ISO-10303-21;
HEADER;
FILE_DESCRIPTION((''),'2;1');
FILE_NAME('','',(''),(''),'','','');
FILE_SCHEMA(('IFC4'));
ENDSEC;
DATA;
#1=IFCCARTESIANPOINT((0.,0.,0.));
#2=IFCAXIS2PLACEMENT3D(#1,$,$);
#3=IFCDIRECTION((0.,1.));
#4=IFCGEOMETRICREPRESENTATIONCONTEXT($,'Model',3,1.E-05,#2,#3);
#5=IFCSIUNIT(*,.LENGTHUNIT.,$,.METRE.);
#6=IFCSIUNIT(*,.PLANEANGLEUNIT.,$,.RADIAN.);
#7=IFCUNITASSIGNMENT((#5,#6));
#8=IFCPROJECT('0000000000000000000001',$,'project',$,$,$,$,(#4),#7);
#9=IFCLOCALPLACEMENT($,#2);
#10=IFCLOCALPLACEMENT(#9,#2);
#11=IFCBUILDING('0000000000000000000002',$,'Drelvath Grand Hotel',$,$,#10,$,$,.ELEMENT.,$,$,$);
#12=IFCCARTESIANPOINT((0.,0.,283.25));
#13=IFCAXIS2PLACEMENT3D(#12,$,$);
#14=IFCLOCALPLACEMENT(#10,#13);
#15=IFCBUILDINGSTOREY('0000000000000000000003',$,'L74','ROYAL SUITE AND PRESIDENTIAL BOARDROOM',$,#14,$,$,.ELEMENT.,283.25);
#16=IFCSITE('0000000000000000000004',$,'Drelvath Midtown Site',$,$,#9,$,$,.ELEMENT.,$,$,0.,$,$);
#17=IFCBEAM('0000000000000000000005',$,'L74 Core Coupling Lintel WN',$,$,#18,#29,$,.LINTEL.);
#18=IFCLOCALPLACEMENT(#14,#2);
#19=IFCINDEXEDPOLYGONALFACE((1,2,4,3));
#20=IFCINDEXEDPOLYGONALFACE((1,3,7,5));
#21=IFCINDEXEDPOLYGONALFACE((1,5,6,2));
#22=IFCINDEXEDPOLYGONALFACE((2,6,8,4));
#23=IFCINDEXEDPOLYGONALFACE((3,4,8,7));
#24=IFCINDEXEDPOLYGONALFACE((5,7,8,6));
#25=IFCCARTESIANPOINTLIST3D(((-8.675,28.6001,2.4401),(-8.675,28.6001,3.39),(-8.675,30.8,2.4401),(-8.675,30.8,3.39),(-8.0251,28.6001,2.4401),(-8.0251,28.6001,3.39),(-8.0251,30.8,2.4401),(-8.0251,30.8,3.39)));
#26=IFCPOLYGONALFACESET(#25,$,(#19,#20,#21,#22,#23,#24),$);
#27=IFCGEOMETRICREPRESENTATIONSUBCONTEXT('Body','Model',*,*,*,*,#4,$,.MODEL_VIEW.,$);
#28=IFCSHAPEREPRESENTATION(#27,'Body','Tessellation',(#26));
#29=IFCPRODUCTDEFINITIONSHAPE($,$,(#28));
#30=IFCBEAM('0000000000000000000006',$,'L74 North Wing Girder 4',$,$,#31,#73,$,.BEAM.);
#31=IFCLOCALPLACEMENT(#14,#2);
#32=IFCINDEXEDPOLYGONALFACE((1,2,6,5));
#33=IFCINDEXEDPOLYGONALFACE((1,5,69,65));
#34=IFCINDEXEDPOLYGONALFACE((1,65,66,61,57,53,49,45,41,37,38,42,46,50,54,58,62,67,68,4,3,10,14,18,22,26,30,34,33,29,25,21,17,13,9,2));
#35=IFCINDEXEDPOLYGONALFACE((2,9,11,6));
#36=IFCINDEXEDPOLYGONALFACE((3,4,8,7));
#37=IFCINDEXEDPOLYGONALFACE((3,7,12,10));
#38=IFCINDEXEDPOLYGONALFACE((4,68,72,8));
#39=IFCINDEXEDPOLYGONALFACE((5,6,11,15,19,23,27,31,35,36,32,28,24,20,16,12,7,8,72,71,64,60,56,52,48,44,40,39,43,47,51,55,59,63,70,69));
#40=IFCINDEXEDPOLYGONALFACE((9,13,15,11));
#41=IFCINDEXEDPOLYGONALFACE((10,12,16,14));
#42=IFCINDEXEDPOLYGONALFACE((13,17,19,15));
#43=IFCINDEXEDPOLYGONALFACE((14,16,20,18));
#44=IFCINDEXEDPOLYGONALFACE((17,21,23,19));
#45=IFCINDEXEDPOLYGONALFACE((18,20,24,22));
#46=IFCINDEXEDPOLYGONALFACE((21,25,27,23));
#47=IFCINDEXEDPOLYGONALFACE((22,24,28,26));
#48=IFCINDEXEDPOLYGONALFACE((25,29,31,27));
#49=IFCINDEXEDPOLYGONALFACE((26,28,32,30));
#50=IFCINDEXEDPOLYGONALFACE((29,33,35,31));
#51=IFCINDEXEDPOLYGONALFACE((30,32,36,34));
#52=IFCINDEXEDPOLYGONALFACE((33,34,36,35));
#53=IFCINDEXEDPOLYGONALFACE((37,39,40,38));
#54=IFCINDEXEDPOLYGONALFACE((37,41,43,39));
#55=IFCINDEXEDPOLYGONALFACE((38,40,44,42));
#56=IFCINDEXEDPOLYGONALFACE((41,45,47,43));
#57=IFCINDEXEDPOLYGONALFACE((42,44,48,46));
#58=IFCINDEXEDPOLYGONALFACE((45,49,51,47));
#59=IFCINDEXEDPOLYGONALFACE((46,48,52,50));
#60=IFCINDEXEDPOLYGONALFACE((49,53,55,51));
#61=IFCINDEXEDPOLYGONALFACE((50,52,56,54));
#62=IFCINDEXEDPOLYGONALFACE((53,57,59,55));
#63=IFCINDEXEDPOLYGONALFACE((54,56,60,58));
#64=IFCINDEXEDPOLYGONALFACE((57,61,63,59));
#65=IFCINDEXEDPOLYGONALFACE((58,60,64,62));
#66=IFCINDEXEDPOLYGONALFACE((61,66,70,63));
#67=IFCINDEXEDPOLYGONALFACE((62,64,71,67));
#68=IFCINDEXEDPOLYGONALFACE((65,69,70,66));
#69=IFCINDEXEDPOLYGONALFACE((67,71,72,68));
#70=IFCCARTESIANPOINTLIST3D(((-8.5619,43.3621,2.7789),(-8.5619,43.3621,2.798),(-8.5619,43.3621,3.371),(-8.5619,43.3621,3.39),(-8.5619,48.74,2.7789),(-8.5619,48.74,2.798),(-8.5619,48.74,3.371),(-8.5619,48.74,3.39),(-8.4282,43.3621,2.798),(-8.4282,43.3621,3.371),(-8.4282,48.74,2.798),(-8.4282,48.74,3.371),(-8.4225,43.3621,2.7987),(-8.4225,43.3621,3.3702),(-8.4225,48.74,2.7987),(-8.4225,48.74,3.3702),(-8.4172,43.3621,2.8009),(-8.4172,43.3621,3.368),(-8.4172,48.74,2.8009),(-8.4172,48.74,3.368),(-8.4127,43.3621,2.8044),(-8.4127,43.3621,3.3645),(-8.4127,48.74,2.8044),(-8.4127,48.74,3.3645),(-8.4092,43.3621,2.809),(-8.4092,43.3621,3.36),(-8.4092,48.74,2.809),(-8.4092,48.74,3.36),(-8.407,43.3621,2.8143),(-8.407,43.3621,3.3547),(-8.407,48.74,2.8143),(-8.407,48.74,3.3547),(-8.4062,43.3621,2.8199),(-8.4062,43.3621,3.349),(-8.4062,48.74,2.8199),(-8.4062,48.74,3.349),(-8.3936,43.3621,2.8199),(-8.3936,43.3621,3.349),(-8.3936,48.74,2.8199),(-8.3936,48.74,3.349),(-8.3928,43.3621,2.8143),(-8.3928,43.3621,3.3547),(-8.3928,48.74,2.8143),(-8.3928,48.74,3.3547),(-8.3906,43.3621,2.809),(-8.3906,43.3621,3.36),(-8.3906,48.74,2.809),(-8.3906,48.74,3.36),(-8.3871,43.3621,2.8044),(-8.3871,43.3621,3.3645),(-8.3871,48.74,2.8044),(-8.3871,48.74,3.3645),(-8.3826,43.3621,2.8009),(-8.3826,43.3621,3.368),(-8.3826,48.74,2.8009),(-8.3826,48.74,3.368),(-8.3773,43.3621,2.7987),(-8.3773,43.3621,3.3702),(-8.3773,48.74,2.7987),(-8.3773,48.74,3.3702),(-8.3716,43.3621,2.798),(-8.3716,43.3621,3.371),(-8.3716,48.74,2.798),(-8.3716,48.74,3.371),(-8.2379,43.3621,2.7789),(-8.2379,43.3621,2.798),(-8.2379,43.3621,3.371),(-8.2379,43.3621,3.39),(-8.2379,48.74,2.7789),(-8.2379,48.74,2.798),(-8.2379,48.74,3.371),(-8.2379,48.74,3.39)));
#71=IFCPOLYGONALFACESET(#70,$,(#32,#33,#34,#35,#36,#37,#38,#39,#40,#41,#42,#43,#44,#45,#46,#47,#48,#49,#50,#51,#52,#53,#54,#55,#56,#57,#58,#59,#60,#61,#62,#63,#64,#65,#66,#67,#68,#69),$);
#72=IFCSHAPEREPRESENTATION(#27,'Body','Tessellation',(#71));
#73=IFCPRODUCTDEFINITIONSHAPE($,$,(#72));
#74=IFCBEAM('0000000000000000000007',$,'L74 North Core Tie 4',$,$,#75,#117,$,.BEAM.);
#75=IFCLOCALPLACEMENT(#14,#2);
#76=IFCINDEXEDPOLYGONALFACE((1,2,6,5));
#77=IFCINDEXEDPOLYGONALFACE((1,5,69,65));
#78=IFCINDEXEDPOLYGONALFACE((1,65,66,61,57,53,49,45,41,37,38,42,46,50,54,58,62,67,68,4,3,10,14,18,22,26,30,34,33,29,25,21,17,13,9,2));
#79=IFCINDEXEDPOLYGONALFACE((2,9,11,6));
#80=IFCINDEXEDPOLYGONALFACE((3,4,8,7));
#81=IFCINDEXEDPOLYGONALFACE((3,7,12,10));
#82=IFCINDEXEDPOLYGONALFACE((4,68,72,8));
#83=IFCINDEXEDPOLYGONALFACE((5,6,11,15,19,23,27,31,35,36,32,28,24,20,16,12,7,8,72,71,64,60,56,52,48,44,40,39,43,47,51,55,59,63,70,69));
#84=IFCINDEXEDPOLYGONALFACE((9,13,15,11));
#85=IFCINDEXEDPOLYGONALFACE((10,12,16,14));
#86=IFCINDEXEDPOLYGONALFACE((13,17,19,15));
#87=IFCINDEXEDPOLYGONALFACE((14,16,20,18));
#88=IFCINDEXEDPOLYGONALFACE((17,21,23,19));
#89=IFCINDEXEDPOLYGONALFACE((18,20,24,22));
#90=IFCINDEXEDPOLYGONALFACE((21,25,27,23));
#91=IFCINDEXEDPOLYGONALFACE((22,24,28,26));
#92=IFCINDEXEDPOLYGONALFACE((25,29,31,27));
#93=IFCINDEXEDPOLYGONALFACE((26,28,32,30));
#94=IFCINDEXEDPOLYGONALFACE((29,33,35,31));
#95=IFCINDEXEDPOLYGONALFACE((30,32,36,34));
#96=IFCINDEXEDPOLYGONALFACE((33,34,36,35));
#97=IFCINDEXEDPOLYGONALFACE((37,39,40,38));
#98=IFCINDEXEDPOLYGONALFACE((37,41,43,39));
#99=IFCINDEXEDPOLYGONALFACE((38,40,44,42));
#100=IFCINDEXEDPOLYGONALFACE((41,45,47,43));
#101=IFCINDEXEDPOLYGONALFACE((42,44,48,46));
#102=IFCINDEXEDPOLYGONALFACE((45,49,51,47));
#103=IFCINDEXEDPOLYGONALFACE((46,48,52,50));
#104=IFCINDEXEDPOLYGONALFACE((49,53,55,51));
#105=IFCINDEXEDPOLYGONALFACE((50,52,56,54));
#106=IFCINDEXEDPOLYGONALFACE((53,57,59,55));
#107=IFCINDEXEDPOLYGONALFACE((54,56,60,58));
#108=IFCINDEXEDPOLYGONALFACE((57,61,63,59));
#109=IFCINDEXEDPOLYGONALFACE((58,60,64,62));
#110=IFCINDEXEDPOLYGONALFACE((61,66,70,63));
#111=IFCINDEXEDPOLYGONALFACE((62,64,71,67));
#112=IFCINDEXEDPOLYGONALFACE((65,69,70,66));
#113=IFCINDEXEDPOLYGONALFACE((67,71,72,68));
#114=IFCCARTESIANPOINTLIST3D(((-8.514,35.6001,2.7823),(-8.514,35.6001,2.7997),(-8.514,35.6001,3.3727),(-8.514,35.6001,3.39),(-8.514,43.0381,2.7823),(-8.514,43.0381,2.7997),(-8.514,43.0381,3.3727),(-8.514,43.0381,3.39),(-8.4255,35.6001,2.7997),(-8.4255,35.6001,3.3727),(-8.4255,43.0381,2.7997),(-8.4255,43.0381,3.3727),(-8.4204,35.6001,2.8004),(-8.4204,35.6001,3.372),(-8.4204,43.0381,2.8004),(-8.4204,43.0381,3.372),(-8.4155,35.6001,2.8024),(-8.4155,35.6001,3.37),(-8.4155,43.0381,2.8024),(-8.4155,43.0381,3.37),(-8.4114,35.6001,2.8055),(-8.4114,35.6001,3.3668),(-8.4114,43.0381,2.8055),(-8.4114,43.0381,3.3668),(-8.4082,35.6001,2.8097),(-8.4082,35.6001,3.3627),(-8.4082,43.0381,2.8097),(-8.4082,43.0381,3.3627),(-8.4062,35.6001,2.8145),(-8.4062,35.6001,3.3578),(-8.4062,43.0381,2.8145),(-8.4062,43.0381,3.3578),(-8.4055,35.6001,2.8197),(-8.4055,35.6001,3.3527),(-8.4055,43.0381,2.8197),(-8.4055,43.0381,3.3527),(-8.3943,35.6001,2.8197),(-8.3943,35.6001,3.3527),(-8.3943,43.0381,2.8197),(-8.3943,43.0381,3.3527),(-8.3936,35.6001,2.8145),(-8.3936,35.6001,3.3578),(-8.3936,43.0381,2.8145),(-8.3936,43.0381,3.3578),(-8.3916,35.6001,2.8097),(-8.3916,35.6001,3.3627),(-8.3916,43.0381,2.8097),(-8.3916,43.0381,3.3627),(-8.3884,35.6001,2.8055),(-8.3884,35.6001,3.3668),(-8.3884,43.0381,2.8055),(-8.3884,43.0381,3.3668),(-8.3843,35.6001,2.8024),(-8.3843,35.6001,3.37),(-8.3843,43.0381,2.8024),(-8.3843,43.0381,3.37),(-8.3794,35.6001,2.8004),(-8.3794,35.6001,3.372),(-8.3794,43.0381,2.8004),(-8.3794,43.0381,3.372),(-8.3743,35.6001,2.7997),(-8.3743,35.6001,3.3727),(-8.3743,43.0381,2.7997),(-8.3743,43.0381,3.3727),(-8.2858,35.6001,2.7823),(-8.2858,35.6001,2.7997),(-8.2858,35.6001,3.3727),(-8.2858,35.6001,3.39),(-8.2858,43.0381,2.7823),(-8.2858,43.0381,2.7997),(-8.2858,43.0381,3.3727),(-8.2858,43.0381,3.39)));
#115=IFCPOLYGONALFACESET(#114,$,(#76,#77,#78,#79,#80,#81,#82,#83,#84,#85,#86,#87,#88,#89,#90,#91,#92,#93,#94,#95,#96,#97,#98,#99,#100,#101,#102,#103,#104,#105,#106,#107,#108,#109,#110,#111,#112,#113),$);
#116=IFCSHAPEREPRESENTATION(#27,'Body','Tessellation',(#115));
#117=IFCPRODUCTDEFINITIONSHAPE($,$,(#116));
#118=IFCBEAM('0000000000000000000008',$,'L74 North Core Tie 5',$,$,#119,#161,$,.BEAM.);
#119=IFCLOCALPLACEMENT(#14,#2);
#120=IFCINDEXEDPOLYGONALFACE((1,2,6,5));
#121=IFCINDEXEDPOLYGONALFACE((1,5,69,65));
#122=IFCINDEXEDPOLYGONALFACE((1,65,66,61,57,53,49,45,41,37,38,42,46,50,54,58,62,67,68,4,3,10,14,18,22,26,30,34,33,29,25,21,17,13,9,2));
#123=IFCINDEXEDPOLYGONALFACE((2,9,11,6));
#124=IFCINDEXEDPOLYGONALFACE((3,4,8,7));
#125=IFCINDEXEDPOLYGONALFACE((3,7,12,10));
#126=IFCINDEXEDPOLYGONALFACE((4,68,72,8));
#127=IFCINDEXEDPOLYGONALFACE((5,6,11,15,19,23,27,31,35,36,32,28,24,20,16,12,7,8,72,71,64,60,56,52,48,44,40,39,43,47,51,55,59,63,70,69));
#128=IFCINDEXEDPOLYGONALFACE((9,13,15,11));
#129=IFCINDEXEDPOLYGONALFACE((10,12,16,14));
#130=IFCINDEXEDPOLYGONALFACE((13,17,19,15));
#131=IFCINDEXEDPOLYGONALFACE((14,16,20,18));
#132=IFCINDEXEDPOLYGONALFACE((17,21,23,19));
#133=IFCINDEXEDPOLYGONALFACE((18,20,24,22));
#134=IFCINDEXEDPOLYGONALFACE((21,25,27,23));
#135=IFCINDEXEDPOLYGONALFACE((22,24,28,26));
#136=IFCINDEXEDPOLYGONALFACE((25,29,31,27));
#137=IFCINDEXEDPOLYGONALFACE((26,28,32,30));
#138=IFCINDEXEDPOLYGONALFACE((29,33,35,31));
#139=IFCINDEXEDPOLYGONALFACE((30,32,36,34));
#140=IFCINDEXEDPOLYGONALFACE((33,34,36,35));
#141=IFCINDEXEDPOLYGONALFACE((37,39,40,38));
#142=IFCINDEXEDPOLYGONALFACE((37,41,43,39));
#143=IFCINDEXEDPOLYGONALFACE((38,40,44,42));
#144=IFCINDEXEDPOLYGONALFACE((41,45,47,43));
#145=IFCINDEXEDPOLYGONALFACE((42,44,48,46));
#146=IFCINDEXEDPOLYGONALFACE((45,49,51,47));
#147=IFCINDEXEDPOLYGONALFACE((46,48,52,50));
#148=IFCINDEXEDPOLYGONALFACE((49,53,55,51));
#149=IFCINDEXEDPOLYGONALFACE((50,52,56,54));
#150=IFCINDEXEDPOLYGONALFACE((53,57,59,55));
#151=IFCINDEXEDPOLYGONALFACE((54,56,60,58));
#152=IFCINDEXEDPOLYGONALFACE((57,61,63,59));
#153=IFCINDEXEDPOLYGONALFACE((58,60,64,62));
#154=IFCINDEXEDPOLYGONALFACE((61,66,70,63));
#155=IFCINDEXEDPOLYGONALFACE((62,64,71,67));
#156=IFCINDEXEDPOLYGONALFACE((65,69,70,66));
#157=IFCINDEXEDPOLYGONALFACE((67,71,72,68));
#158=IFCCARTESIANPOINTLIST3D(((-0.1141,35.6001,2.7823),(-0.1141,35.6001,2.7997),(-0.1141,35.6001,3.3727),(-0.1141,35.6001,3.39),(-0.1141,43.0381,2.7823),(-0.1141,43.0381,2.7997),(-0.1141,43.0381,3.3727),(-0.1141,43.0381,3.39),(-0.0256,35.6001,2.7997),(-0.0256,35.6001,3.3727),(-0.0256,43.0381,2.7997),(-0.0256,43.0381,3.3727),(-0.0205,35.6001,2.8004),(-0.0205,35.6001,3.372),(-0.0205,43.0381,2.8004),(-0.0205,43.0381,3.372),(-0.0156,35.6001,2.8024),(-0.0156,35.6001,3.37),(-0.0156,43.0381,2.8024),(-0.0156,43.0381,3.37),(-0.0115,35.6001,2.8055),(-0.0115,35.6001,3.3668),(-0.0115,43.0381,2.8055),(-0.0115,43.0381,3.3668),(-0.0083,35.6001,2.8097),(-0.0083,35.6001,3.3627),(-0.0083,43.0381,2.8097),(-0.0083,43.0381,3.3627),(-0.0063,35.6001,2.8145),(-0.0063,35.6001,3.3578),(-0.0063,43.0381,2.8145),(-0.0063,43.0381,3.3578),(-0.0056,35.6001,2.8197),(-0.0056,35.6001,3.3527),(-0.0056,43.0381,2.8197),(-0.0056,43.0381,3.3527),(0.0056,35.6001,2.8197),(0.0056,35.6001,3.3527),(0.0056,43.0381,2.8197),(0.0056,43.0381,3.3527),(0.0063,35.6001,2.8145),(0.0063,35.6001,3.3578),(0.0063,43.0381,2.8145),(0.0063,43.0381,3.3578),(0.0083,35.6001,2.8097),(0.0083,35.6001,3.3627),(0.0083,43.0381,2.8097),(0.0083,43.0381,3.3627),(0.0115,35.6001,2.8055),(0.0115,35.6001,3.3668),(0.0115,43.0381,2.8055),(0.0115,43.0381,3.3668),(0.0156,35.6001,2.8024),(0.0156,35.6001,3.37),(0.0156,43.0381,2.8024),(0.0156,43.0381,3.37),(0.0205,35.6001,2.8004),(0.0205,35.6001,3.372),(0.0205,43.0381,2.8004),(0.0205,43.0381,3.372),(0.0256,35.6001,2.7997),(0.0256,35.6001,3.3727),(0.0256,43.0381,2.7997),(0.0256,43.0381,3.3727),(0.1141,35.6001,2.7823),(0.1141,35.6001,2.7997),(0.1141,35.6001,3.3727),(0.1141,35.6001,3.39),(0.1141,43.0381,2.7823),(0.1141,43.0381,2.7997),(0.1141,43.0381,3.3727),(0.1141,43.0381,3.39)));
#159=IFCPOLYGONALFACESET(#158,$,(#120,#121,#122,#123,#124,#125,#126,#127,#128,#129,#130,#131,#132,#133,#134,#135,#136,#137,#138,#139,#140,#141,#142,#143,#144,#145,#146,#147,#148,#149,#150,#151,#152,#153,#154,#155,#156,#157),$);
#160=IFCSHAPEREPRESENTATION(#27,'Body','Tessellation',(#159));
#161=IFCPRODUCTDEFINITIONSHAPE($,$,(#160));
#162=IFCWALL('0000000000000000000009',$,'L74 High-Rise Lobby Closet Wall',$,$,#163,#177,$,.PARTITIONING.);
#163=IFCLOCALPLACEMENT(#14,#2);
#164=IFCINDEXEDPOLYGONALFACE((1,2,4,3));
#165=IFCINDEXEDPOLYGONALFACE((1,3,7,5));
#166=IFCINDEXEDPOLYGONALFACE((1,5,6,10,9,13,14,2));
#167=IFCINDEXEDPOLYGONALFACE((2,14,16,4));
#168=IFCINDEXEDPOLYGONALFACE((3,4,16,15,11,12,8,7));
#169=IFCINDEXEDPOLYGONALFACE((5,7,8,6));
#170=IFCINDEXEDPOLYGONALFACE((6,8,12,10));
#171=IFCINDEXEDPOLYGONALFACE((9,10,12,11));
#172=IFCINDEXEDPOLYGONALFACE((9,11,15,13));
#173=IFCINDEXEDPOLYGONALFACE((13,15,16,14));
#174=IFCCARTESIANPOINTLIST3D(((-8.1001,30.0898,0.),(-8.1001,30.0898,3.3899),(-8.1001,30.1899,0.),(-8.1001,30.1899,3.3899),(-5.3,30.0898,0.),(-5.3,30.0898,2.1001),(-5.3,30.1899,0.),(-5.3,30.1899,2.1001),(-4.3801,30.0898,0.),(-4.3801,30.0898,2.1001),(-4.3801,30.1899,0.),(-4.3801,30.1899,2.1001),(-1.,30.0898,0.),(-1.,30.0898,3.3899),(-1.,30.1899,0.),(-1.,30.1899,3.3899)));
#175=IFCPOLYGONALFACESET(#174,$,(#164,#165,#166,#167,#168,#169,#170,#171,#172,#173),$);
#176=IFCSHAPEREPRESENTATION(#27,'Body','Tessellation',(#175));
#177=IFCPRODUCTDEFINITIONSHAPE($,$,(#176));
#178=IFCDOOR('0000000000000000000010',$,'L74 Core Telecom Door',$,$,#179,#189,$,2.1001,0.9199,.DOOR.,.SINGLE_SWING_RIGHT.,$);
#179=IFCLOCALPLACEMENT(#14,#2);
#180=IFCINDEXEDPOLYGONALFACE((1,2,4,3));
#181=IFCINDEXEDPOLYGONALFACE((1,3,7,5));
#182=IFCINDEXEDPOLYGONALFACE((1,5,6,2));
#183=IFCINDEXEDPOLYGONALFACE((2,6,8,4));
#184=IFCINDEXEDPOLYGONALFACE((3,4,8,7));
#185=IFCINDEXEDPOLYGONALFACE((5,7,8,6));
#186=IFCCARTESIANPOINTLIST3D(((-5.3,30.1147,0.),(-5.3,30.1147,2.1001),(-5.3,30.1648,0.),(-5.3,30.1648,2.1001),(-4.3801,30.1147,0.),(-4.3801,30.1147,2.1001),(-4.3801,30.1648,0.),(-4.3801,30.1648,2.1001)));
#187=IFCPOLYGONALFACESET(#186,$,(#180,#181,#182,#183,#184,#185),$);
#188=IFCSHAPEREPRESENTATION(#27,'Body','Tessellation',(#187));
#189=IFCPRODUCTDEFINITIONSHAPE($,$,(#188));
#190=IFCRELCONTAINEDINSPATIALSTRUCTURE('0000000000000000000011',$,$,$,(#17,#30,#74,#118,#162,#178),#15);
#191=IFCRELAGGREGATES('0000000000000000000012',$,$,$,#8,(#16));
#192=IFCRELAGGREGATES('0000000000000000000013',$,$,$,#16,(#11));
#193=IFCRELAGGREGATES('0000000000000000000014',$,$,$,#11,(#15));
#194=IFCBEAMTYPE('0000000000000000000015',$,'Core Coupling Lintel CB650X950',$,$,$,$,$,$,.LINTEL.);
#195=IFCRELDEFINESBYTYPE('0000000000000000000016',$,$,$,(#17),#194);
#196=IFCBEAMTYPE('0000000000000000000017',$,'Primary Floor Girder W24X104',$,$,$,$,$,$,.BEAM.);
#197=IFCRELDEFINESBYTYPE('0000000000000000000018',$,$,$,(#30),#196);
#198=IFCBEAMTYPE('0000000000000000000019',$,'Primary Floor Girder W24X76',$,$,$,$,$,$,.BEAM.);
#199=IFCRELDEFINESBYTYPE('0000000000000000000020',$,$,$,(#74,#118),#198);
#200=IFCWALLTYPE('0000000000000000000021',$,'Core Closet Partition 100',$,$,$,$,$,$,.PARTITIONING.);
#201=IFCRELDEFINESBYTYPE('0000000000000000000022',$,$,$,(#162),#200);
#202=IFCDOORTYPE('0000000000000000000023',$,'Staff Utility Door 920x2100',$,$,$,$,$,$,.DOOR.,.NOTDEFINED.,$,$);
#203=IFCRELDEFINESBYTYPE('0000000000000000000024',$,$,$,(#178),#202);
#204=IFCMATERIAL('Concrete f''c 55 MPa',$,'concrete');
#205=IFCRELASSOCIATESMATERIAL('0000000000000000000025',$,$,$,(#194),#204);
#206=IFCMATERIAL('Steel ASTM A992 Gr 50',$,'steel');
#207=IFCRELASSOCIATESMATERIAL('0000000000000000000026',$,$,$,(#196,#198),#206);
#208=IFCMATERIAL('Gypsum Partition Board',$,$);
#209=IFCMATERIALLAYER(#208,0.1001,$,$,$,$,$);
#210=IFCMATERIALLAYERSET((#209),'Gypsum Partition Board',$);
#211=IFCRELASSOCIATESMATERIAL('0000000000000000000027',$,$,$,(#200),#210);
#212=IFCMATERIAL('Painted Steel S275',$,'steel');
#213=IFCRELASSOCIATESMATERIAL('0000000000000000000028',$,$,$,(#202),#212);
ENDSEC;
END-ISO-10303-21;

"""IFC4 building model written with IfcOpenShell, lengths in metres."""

from ifc_helpers import new_model, si_unit, direction, frame, frame_2d, origin, origin_2d, place, context, subcontext, project, spatial, rectangle, i_section, extrude, material, layer, layer_set, material_profile, profile_set, type_object, element, fill, save


model = new_model("IFC4")

# Units and contexts
model_context = context("Model", 3, precision=1e-05, world=origin(), true_north=direction((0.0, 1.0)))
body_context = subcontext(model_context, "Body", "Model", "MODEL_VIEW")
ifc_project = project(units=[si_unit("LENGTHUNIT", "METRE"), si_unit("PLANEANGLEUNIT", "RADIAN")], contexts=[model_context])

# Site, building, storey
site_placement = place(None, origin())
site = spatial("IfcSite", under=ifc_project, at=site_placement, Name="Drelvath Midtown Site", CompositionType="ELEMENT", RefElevation=0.0)
building_placement = place(site_placement, origin())
building = spatial("IfcBuilding", under=site, at=building_placement, Name="Drelvath Grand Hotel", CompositionType="ELEMENT")
storey_placement = place(building_placement, frame((0.0, 0.0, 283.25)))
storey = spatial("IfcBuildingStorey", under=building, at=storey_placement, Name="L74", Description="ROYAL SUITE AND PRESIDENTIAL BOARDROOM", CompositionType="ELEMENT", Elevation=283.25)

# Beams
ifc_material_1 = material(Name="Concrete f'c 55 MPa", Category="concrete")
ifc_material_profile_1 = material_profile(ifc_material_1, rectangle(XDim=0.6499, YDim=0.95, at=origin_2d()), Name="CB650X950")
ifc_profile_set_1 = profile_set([ifc_material_profile_1], Name="Concrete f'c 55 MPa")
beam_type_1 = type_object("IfcBeamType", Name="Core Coupling Lintel CB650X950", PredefinedType="LINTEL", material=ifc_profile_set_1)
beam_1_placement = place(storey_placement, frame((-8.3501, 28.6001, 2.915), z_axis=(0.0, 1.0, 0.0), x_axis=(-1.0, 0.0, 0.0)))
element("IfcBeam", 1, at=beam_1_placement, inside=storey, type_object=beam_type_1, Name="L74 Core Coupling Lintel WN", PredefinedType="LINTEL", context=body_context, shape_type="SweptSolid", body=[
    extrude(rectangle(XDim=0.6499, YDim=0.95, at=origin_2d()), origin(), (0.0, 0.0, 1.0), 2.2),
])
ifc_material_2 = material(Name="Steel ASTM A992 Gr 50", Category="steel")
ifc_material_profile_2 = material_profile(ifc_material_2, i_section(OverallWidth=0.324, OverallDepth=0.6111, WebThickness=0.0127, FlangeThickness=0.019, FilletRadius=0.022, at=origin_2d()), Name="W24X104")
ifc_profile_set_2 = profile_set([ifc_material_profile_2], Name="Steel ASTM A992 Gr 50")
beam_type_2 = type_object("IfcBeamType", Name="Primary Floor Girder W24X104", PredefinedType="BEAM", material=ifc_profile_set_2)
beam_2_placement = place(storey_placement, frame((-8.3999, 43.3621, 3.0845), z_axis=(0.0, 1.0, 0.0), x_axis=(-1.0, 0.0, 0.0)))
element("IfcBeam", 2, at=beam_2_placement, inside=storey, type_object=beam_type_2, Name="L74 North Wing Girder 4", PredefinedType="BEAM", context=body_context, shape_type="SweptSolid", body=[
    extrude(i_section(OverallWidth=0.324, OverallDepth=0.6111, WebThickness=0.0127, FlangeThickness=0.019, FilletRadius=0.022, at=origin_2d()), origin(), (0.0, 0.0, 1.0), 5.3779),
])
ifc_material_profile_3 = material_profile(ifc_material_2, i_section(OverallWidth=0.2283, OverallDepth=0.6077, WebThickness=0.0112, FlangeThickness=0.0173, FilletRadius=0.02, at=origin_2d()), Name="W24X76")
ifc_profile_set_3 = profile_set([ifc_material_profile_3], Name="Steel ASTM A992 Gr 50")
beam_type_3 = type_object("IfcBeamType", Name="Primary Floor Girder W24X76", PredefinedType="BEAM", material=ifc_profile_set_3)
for number, where, z_axis, x_axis, name in (
    (3, (-8.3999, 35.6001, 3.0862), (0.0, 1.0, 0.0), (-1.0, 0.0, 0.0), "L74 North Core Tie 4"),
    (4, (0.0, 35.6001, 3.0862), (0.0, 1.0, 0.0), (-1.0, 0.0, 0.0), "L74 North Core Tie 5"),
):
    element("IfcBeam", number, at=place(storey_placement, frame(where, z_axis=z_axis, x_axis=x_axis)), inside=storey, type_object=beam_type_3, Name=name, PredefinedType="BEAM", context=body_context, shape_type="SweptSolid", body=[
        extrude(i_section(OverallWidth=0.2283, OverallDepth=0.6077, WebThickness=0.0112, FlangeThickness=0.0173, FilletRadius=0.02, at=origin_2d()), origin(), (0.0, 0.0, 1.0), 7.438),
    ])

# Wall, opening, door
ifc_material_3 = material(Name="Gypsum Partition Board")
ifc_layer_1 = layer(ifc_material_3, 0.1001)
ifc_layer_set_1 = layer_set([ifc_layer_1], Name="Gypsum Partition Board")
wall_type_1 = type_object("IfcWallType", Name="Core Closet Partition 100", PredefinedType="PARTITIONING", material=ifc_layer_set_1)
wall_1_placement = place(storey_placement, frame((-8.1001, 30.1399, 0.0), z_axis=(0.0, 0.0, 1.0), x_axis=(1.0, 0.0, 0.0)))
wall_1 = element("IfcWall", 5, at=wall_1_placement, inside=storey, type_object=wall_type_1, Name="L74 High-Rise Lobby Closet Wall", PredefinedType="PARTITIONING", context=body_context, shape_type="SweptSolid", body=[
    extrude(rectangle(XDim=7.1001, YDim=0.1001, at=frame_2d((3.55, 0.0))), origin(), (0.0, 0.0, 1.0), 3.3899),
])
opening_1_placement = place(wall_1_placement, frame((2.8, 0.0, 0.0)))
opening_1 = element("IfcOpeningElement", 6, at=opening_1_placement, cuts=wall_1, PredefinedType="OPENING", context=body_context, shape_type="SweptSolid", body=[
    extrude(rectangle(XDim=0.9199, YDim=2.1001, at=frame_2d((0.46, 1.05))), frame((0.0, 0.0601, 0.0), z_axis=(0.0, -1.0, 0.0), x_axis=(1.0, 0.0, 0.0)), (0.0, 0.0, 1.0), 0.1201),
])
ifc_material_4 = material(Name="Painted Steel S275", Category="steel")
door_type_1 = type_object("IfcDoorType", Name="Staff Utility Door 920x2100", OperationType="NOTDEFINED", PredefinedType="DOOR", material=ifc_material_4)
door_1_placement = place(opening_1_placement, origin())
door_1 = element("IfcDoor", 7, at=door_1_placement, inside=storey, type_object=door_type_1, Name="L74 Core Telecom Door", OperationType="SINGLE_SWING_RIGHT", OverallHeight=2.1001, OverallWidth=0.9199, PredefinedType="DOOR", context=body_context, shape_type="SweptSolid", body=[
    extrude(rectangle(XDim=0.9199, YDim=2.1001, at=frame_2d((0.46, 1.05))), frame((0.0, 0.0249, 0.0), z_axis=(0.0, -1.0, 0.0), x_axis=(1.0, 0.0, 0.0)), (0.0, 0.0, 1.0), 0.05),
])
fill(opening_1, door_1)

save(model, "model.ifc")
